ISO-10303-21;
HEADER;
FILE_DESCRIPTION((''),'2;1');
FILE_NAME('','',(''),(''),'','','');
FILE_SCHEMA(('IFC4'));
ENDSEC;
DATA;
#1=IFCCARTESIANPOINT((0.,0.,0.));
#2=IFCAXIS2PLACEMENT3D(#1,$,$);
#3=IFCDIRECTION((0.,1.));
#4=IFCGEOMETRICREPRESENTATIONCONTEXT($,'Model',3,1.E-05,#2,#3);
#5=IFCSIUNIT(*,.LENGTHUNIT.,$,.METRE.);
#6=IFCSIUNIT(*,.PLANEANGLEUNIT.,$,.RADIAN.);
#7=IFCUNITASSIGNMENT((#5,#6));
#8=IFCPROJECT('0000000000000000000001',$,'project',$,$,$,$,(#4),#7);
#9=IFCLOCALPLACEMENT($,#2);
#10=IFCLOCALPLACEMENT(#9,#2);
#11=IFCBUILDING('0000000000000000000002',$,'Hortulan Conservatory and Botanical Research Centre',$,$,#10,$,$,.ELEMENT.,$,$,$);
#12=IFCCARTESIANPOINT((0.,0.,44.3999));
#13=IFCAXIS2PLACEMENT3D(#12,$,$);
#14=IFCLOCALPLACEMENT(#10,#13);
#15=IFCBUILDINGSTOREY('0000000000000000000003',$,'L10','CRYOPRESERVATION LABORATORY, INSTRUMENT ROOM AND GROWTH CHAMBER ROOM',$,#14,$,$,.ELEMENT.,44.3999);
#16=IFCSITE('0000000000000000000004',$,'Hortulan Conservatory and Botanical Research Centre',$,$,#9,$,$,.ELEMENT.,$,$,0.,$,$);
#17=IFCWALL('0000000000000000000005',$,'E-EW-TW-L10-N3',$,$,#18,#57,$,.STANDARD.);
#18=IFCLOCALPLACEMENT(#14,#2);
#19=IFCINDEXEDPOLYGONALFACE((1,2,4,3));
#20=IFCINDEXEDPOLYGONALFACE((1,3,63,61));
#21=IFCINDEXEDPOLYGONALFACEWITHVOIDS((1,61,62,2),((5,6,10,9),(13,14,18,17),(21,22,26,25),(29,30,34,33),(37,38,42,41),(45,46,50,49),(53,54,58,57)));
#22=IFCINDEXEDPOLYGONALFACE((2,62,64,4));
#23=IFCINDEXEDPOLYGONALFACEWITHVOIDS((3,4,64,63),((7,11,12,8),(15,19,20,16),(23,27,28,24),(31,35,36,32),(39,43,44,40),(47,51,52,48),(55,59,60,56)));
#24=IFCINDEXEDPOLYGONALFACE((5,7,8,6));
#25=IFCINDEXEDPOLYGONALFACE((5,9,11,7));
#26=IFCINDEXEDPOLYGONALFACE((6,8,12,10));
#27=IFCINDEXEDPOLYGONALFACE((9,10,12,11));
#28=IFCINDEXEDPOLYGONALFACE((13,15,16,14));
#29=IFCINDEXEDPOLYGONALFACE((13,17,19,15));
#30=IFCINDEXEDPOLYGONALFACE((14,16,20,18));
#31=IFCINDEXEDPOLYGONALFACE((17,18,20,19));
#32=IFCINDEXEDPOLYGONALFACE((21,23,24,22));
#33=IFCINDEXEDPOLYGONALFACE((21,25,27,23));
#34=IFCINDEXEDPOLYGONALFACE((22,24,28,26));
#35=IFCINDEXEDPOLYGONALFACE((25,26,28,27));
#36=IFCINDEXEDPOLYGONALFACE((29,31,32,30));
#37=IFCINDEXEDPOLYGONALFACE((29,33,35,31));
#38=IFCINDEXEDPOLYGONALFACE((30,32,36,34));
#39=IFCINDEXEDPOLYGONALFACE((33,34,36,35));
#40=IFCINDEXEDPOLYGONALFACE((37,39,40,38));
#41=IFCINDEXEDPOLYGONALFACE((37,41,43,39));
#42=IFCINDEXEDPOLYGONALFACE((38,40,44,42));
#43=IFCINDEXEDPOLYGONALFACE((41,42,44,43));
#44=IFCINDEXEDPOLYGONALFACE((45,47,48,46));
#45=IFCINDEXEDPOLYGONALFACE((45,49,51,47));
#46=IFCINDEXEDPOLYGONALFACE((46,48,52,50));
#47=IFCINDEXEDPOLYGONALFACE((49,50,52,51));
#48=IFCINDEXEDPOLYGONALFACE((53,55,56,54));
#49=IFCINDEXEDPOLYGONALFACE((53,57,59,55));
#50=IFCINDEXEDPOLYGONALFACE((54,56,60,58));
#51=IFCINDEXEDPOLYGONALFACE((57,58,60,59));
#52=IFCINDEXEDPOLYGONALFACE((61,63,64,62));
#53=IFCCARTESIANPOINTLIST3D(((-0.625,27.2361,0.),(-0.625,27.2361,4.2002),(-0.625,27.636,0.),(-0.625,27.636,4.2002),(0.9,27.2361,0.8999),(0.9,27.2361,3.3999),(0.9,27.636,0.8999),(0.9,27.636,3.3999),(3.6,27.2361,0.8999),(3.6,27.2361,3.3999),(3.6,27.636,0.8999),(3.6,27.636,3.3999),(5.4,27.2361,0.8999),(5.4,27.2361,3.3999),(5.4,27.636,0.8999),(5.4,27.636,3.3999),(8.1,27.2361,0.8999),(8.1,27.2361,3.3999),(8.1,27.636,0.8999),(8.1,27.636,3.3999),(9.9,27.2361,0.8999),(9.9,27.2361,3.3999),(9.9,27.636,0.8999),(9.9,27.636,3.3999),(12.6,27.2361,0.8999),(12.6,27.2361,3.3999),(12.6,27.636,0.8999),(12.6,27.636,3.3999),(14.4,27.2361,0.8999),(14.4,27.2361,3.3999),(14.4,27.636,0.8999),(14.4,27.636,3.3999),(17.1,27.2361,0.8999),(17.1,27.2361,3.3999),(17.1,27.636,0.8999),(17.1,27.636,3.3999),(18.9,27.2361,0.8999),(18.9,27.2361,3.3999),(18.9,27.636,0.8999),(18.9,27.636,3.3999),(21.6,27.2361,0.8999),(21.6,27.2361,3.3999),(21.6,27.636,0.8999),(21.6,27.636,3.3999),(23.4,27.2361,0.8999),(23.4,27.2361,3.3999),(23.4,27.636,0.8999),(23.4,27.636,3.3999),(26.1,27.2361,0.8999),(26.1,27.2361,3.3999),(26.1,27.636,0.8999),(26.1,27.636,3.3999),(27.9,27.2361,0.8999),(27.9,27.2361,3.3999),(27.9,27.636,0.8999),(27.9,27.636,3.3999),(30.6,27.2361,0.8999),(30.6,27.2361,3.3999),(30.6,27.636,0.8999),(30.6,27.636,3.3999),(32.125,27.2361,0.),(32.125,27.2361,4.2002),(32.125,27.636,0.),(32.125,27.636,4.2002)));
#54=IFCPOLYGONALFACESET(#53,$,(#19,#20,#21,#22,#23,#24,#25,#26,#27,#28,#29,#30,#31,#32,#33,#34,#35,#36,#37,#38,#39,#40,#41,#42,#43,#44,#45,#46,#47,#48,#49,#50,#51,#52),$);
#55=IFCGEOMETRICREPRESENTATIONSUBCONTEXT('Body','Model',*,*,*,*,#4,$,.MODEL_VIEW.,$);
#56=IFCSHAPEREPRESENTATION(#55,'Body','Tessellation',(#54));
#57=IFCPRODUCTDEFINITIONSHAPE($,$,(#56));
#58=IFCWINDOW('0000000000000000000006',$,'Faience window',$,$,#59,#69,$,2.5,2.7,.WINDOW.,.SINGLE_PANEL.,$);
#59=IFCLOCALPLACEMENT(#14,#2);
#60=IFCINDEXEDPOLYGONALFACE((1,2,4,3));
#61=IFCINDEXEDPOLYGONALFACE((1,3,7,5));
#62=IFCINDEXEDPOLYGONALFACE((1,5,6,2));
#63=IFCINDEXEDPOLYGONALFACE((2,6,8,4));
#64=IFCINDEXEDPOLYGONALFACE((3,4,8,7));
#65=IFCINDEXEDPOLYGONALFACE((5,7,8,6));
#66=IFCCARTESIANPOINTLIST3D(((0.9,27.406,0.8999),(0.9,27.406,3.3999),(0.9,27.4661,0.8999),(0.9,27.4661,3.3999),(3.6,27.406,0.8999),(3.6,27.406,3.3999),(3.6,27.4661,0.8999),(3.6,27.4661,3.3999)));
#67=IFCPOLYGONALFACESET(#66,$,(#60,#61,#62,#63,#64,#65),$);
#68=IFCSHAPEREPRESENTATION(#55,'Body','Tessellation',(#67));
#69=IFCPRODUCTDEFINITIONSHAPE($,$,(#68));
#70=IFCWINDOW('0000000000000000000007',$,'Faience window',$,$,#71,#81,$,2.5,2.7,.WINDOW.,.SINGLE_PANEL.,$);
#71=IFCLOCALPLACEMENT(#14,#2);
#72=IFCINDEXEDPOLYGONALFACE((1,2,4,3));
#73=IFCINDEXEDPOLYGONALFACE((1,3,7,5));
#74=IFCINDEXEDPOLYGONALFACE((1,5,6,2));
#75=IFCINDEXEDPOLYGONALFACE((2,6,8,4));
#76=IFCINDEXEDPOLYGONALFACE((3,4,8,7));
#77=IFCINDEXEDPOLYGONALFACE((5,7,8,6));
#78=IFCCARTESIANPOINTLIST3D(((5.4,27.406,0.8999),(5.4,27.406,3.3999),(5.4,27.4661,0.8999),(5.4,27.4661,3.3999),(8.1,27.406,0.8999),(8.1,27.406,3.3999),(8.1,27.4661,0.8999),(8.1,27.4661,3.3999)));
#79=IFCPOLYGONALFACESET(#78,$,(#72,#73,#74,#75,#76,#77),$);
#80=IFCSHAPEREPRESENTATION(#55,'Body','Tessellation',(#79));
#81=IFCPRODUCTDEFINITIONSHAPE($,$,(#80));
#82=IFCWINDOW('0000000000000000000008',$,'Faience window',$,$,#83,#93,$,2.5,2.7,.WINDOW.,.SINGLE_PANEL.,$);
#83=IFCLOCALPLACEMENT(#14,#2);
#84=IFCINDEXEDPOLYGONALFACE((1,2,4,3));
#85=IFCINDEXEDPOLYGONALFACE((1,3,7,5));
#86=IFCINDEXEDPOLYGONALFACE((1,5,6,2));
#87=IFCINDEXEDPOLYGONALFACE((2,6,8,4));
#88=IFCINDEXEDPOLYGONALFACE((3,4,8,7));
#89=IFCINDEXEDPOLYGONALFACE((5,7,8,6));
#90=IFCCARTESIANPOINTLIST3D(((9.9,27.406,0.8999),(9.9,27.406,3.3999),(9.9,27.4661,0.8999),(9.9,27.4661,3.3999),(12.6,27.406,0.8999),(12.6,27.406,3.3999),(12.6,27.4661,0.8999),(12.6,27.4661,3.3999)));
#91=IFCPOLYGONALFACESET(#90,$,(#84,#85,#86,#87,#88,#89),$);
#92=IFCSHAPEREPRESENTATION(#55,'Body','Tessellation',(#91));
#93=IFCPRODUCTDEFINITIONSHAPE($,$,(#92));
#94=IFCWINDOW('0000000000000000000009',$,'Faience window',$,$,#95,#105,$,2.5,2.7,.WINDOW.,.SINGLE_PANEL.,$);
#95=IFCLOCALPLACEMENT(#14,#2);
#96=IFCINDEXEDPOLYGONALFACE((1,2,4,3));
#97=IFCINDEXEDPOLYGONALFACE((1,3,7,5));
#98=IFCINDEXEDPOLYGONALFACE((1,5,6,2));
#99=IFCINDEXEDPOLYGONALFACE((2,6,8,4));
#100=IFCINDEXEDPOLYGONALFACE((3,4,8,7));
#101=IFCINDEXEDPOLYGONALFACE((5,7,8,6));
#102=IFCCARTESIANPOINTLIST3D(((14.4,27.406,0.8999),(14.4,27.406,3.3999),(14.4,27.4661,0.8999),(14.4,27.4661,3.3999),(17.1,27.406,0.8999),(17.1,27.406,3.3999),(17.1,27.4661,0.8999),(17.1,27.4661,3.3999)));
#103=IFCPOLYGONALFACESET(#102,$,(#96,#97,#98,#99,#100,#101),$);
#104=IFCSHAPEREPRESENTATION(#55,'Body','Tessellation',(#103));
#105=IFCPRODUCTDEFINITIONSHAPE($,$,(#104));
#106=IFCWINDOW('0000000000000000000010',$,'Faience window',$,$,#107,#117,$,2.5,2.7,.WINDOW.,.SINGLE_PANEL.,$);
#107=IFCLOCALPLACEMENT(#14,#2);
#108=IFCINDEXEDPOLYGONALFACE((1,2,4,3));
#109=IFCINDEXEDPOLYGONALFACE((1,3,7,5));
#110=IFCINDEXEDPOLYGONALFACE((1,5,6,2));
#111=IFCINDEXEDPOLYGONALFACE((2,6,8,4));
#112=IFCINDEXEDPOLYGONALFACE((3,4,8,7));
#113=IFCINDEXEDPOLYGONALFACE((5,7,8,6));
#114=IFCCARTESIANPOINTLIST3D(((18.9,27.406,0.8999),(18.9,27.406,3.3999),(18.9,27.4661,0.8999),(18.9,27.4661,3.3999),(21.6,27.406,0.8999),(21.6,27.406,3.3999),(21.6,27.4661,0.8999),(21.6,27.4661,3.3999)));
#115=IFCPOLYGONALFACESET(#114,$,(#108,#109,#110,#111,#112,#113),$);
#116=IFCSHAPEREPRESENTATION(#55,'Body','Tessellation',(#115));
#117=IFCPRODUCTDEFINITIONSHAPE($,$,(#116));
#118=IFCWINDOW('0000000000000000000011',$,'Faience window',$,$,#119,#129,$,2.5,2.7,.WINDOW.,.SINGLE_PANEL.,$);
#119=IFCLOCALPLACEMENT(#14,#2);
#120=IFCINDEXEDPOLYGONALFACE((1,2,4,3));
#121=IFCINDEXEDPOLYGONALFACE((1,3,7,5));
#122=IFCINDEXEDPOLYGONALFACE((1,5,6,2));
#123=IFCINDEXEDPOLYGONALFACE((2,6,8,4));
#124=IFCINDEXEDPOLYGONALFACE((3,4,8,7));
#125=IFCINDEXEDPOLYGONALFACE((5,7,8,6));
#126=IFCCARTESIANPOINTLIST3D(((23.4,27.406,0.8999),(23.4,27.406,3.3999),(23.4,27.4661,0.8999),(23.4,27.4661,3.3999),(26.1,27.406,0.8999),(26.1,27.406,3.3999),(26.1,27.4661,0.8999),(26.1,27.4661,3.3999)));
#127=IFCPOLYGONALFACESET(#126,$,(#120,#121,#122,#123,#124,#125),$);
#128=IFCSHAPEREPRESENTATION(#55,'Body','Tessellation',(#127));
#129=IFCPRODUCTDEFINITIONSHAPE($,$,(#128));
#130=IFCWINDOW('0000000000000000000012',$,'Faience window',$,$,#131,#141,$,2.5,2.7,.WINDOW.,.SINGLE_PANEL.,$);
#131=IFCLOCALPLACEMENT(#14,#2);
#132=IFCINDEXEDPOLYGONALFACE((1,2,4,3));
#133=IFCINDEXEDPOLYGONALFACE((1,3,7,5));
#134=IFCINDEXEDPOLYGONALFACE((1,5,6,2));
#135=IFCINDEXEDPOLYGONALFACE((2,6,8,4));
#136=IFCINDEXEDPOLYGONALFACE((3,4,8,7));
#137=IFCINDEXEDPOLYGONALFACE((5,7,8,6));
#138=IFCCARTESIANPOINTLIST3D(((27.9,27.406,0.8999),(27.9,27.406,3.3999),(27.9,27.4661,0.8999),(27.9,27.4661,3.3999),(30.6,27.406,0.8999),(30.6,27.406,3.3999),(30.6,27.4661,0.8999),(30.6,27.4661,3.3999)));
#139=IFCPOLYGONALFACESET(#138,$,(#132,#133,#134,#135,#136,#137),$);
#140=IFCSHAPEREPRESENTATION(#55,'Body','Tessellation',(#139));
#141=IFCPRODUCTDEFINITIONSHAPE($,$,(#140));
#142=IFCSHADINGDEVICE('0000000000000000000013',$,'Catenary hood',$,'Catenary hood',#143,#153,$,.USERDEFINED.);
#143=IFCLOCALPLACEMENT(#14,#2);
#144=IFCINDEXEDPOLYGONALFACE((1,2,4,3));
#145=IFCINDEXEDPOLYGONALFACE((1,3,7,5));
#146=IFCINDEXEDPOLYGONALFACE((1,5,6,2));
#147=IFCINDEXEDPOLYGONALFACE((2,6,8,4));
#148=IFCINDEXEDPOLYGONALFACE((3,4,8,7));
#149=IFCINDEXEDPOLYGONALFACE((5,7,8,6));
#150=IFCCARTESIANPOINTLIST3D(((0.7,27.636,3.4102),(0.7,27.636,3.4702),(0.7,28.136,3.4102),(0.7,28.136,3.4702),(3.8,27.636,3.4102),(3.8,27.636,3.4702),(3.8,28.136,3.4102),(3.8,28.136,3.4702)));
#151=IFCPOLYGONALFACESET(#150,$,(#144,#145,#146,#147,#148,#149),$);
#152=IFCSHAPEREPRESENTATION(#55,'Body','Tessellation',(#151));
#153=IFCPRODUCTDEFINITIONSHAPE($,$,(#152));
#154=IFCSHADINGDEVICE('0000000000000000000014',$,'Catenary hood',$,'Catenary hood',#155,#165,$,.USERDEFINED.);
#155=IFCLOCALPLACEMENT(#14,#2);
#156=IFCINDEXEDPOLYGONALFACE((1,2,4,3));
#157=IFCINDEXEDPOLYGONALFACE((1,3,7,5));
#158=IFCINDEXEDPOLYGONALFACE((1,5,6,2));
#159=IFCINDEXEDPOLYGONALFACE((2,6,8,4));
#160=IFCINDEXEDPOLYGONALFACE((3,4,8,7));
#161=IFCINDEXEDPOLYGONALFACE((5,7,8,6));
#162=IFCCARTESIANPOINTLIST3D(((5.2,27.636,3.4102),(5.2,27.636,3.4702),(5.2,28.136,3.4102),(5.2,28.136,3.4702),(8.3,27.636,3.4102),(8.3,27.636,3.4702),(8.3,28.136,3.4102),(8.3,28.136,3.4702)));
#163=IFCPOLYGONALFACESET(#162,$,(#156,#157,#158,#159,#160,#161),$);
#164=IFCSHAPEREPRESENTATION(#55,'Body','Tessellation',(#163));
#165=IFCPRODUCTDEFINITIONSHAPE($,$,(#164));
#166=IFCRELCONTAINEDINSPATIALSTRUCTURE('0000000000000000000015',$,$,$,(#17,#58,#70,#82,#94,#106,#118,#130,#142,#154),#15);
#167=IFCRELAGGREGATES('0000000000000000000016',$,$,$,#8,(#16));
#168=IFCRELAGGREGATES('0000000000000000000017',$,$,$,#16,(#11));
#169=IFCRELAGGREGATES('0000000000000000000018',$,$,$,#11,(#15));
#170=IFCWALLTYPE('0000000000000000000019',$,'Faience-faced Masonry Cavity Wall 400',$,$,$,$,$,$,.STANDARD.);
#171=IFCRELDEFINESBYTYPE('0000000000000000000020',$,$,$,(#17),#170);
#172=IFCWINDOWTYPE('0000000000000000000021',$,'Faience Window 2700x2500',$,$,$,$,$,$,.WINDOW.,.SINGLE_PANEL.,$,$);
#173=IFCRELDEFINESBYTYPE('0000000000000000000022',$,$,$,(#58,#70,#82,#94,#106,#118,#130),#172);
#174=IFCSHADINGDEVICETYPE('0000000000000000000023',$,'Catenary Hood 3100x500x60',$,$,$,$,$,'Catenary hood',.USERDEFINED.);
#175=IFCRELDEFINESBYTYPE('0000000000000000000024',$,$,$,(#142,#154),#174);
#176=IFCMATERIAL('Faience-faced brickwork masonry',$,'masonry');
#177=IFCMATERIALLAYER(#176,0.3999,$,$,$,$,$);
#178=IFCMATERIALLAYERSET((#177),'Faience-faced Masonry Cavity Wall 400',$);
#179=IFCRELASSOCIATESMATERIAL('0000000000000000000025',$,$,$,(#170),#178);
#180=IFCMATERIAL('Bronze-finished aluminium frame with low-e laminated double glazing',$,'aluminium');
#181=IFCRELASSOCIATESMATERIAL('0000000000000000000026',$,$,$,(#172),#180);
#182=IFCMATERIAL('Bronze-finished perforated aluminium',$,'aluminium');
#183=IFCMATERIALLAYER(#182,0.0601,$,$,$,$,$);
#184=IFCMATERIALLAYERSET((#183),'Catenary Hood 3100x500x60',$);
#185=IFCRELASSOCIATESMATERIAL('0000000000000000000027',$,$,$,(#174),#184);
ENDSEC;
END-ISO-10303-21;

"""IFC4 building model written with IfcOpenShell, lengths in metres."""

from ifc_helpers import new_model, si_unit, direction, frame, frame_2d, origin, origin_2d, place, context, subcontext, project, spatial, rectangle, extrude, material, layer, layer_set, type_object, element, fill, save


model = new_model("IFC4")

# Units and contexts
model_context = context("Model", 3, precision=1e-05, world=origin(), true_north=direction((0.0, 1.0)))
body_context = subcontext(model_context, "Body", "Model", "MODEL_VIEW")
ifc_project = project(units=[si_unit("LENGTHUNIT", "METRE"), si_unit("PLANEANGLEUNIT", "RADIAN")], contexts=[model_context])

# Site, building, storey
site_placement = place(None, origin())
site = spatial("IfcSite", under=ifc_project, at=site_placement, Name="Hortulan Conservatory and Botanical Research Centre", CompositionType="ELEMENT", RefElevation=0.0)
building_placement = place(site_placement, origin())
building = spatial("IfcBuilding", under=site, at=building_placement, Name="Hortulan Conservatory and Botanical Research Centre", CompositionType="ELEMENT")
storey_placement = place(building_placement, frame((0.0, 0.0, 44.3999)))
storey = spatial("IfcBuildingStorey", under=building, at=storey_placement, Name="L10", Description="CRYOPRESERVATION LABORATORY, INSTRUMENT ROOM AND GROWTH CHAMBER ROOM", CompositionType="ELEMENT", Elevation=44.3999)

# Wall, openings, windows
ifc_material_1 = material(Name="Faience-faced brickwork masonry", Category="masonry")
ifc_layer_1 = layer(ifc_material_1, 0.3999)
ifc_layer_set_1 = layer_set([ifc_layer_1], Name="Faience-faced Masonry Cavity Wall 400")
wall_type = type_object("IfcWallType", Name="Faience-faced Masonry Cavity Wall 400", PredefinedType="STANDARD", material=ifc_layer_set_1)
wall_placement = place(storey_placement, frame((-0.625, 27.436, 0.0), z_axis=(0.0, 0.0, 1.0), x_axis=(1.0, 0.0, 0.0)))
wall = element("IfcWall", 1, at=wall_placement, inside=storey, type_object=wall_type, Name="E-EW-TW-L10-N3", PredefinedType="STANDARD", context=body_context, shape_type="SweptSolid", body=[
    extrude(rectangle(XDim=32.75, YDim=0.3999, at=frame_2d((16.375, 0.0))), origin(), (0.0, 0.0, 1.0), 4.2002),
])
opening_1_placement = place(wall_placement, frame((1.5249, 0.0, 0.8999)))
opening_1 = element("IfcOpeningElement", 2, at=opening_1_placement, cuts=wall, PredefinedType="OPENING", context=body_context, shape_type="SweptSolid", body=[
    extrude(rectangle(XDim=2.7, YDim=2.5, at=frame_2d((1.3501, 1.25))), frame((0.0, 0.21, 0.0), z_axis=(0.0, -1.0, 0.0), x_axis=(1.0, 0.0, 0.0)), (0.0, 0.0, 1.0), 0.4199),
])
opening_2_placement = place(wall_placement, frame((6.0249, 0.0, 0.8999)))
opening_2 = element("IfcOpeningElement", 3, at=opening_2_placement, cuts=wall, PredefinedType="OPENING", context=body_context, shape_type="SweptSolid", body=[
    extrude(rectangle(XDim=2.7, YDim=2.5, at=frame_2d((1.3501, 1.25))), frame((0.0, 0.21, 0.0), z_axis=(0.0, -1.0, 0.0), x_axis=(1.0, 0.0, 0.0)), (0.0, 0.0, 1.0), 0.4199),
])
opening_3_placement = place(wall_placement, frame((10.5249, 0.0, 0.8999)))
opening_3 = element("IfcOpeningElement", 4, at=opening_3_placement, cuts=wall, PredefinedType="OPENING", context=body_context, shape_type="SweptSolid", body=[
    extrude(rectangle(XDim=2.7, YDim=2.5, at=frame_2d((1.3501, 1.25))), frame((0.0, 0.21, 0.0), z_axis=(0.0, -1.0, 0.0), x_axis=(1.0, 0.0, 0.0)), (0.0, 0.0, 1.0), 0.4199),
])
opening_4_placement = place(wall_placement, frame((15.0249, 0.0, 0.8999)))
opening_4 = element("IfcOpeningElement", 5, at=opening_4_placement, cuts=wall, PredefinedType="OPENING", context=body_context, shape_type="SweptSolid", body=[
    extrude(rectangle(XDim=2.7, YDim=2.5, at=frame_2d((1.3501, 1.25))), frame((0.0, 0.21, 0.0), z_axis=(0.0, -1.0, 0.0), x_axis=(1.0, 0.0, 0.0)), (0.0, 0.0, 1.0), 0.4199),
])
opening_5_placement = place(wall_placement, frame((19.5249, 0.0, 0.8999)))
opening_5 = element("IfcOpeningElement", 6, at=opening_5_placement, cuts=wall, PredefinedType="OPENING", context=body_context, shape_type="SweptSolid", body=[
    extrude(rectangle(XDim=2.7, YDim=2.5, at=frame_2d((1.3501, 1.25))), frame((0.0, 0.21, 0.0), z_axis=(0.0, -1.0, 0.0), x_axis=(1.0, 0.0, 0.0)), (0.0, 0.0, 1.0), 0.4199),
])
opening_6_placement = place(wall_placement, frame((24.0249, 0.0, 0.8999)))
opening_6 = element("IfcOpeningElement", 7, at=opening_6_placement, cuts=wall, PredefinedType="OPENING", context=body_context, shape_type="SweptSolid", body=[
    extrude(rectangle(XDim=2.7, YDim=2.5, at=frame_2d((1.3501, 1.25))), frame((0.0, 0.21, 0.0), z_axis=(0.0, -1.0, 0.0), x_axis=(1.0, 0.0, 0.0)), (0.0, 0.0, 1.0), 0.4199),
])
opening_7_placement = place(wall_placement, frame((28.5249, 0.0, 0.8999)))
opening_7 = element("IfcOpeningElement", 8, at=opening_7_placement, cuts=wall, PredefinedType="OPENING", context=body_context, shape_type="SweptSolid", body=[
    extrude(rectangle(XDim=2.7, YDim=2.5, at=frame_2d((1.3501, 1.25))), frame((0.0, 0.21, 0.0), z_axis=(0.0, -1.0, 0.0), x_axis=(1.0, 0.0, 0.0)), (0.0, 0.0, 1.0), 0.4199),
])
ifc_material_2 = material(Name="Bronze-finished aluminium frame with low-e laminated double glazing", Category="aluminium")
window_type = type_object("IfcWindowType", Name="Faience Window 2700x2500", PartitioningType="SINGLE_PANEL", PredefinedType="WINDOW", material=ifc_material_2)
window_1_placement = place(opening_1_placement, origin())
window_1 = element("IfcWindow", 9, at=window_1_placement, inside=storey, type_object=window_type, Name="Faience window", OverallHeight=2.5, OverallWidth=2.7, PartitioningType="SINGLE_PANEL", PredefinedType="WINDOW", context=body_context, shape_type="SweptSolid", body=[
    extrude(rectangle(XDim=2.7, YDim=2.5, at=frame_2d((1.3501, 1.25))), frame((0.0, 0.03, 0.0), z_axis=(0.0, -1.0, 0.0), x_axis=(1.0, 0.0, 0.0)), (0.0, 0.0, 1.0), 0.0601),
])
fill(opening_1, window_1)
window_2_placement = place(opening_2_placement, origin())
window_2 = element("IfcWindow", 10, at=window_2_placement, inside=storey, type_object=window_type, Name="Faience window", OverallHeight=2.5, OverallWidth=2.7, PartitioningType="SINGLE_PANEL", PredefinedType="WINDOW", context=body_context, shape_type="SweptSolid", body=[
    extrude(rectangle(XDim=2.7, YDim=2.5, at=frame_2d((1.3501, 1.25))), frame((0.0, 0.03, 0.0), z_axis=(0.0, -1.0, 0.0), x_axis=(1.0, 0.0, 0.0)), (0.0, 0.0, 1.0), 0.0601),
])
fill(opening_2, window_2)
window_3_placement = place(opening_3_placement, origin())
window_3 = element("IfcWindow", 11, at=window_3_placement, inside=storey, type_object=window_type, Name="Faience window", OverallHeight=2.5, OverallWidth=2.7, PartitioningType="SINGLE_PANEL", PredefinedType="WINDOW", context=body_context, shape_type="SweptSolid", body=[
    extrude(rectangle(XDim=2.7, YDim=2.5, at=frame_2d((1.3501, 1.25))), frame((0.0, 0.03, 0.0), z_axis=(0.0, -1.0, 0.0), x_axis=(1.0, 0.0, 0.0)), (0.0, 0.0, 1.0), 0.0601),
])
fill(opening_3, window_3)
window_4_placement = place(opening_4_placement, origin())
window_4 = element("IfcWindow", 12, at=window_4_placement, inside=storey, type_object=window_type, Name="Faience window", OverallHeight=2.5, OverallWidth=2.7, PartitioningType="SINGLE_PANEL", PredefinedType="WINDOW", context=body_context, shape_type="SweptSolid", body=[
    extrude(rectangle(XDim=2.7, YDim=2.5, at=frame_2d((1.3501, 1.25))), frame((0.0, 0.03, 0.0), z_axis=(0.0, -1.0, 0.0), x_axis=(1.0, 0.0, 0.0)), (0.0, 0.0, 1.0), 0.0601),
])
fill(opening_4, window_4)
window_5_placement = place(opening_5_placement, origin())
window_5 = element("IfcWindow", 13, at=window_5_placement, inside=storey, type_object=window_type, Name="Faience window", OverallHeight=2.5, OverallWidth=2.7, PartitioningType="SINGLE_PANEL", PredefinedType="WINDOW", context=body_context, shape_type="SweptSolid", body=[
    extrude(rectangle(XDim=2.7, YDim=2.5, at=frame_2d((1.3501, 1.25))), frame((0.0, 0.03, 0.0), z_axis=(0.0, -1.0, 0.0), x_axis=(1.0, 0.0, 0.0)), (0.0, 0.0, 1.0), 0.0601),
])
fill(opening_5, window_5)
window_6_placement = place(opening_6_placement, origin())
window_6 = element("IfcWindow", 14, at=window_6_placement, inside=storey, type_object=window_type, Name="Faience window", OverallHeight=2.5, OverallWidth=2.7, PartitioningType="SINGLE_PANEL", PredefinedType="WINDOW", context=body_context, shape_type="SweptSolid", body=[
    extrude(rectangle(XDim=2.7, YDim=2.5, at=frame_2d((1.3501, 1.25))), frame((0.0, 0.03, 0.0), z_axis=(0.0, -1.0, 0.0), x_axis=(1.0, 0.0, 0.0)), (0.0, 0.0, 1.0), 0.0601),
])
fill(opening_6, window_6)
window_7_placement = place(opening_7_placement, origin())
window_7 = element("IfcWindow", 15, at=window_7_placement, inside=storey, type_object=window_type, Name="Faience window", OverallHeight=2.5, OverallWidth=2.7, PartitioningType="SINGLE_PANEL", PredefinedType="WINDOW", context=body_context, shape_type="SweptSolid", body=[
    extrude(rectangle(XDim=2.7, YDim=2.5, at=frame_2d((1.3501, 1.25))), frame((0.0, 0.03, 0.0), z_axis=(0.0, -1.0, 0.0), x_axis=(1.0, 0.0, 0.0)), (0.0, 0.0, 1.0), 0.0601),
])
fill(opening_7, window_7)

# Shading devices
ifc_material_3 = material(Name="Bronze-finished perforated aluminium", Category="aluminium")
ifc_layer_2 = layer(ifc_material_3, 0.0601)
ifc_layer_set_2 = layer_set([ifc_layer_2], Name="Catenary Hood 3100x500x60")
shading_device_type = type_object("IfcShadingDeviceType", Name="Catenary Hood 3100x500x60", ElementType="Catenary hood", PredefinedType="USERDEFINED", material=ifc_layer_set_2)
for number, where, z_axis, x_axis, name in (
    (16, (2.25, 27.886, 3.4102), (0.0, 0.0, 1.0), (1.0, 0.0, 0.0), "Catenary hood"),
    (17, (6.75, 27.886, 3.4102), (0.0, 0.0, 1.0), (1.0, 0.0, 0.0), "Catenary hood"),
):
    element("IfcShadingDevice", number, at=place(storey_placement, frame(where, z_axis=z_axis, x_axis=x_axis)), inside=storey, type_object=shading_device_type, Name=name, ObjectType="Catenary hood", PredefinedType="USERDEFINED", context=body_context, shape_type="SweptSolid", body=[
        extrude(rectangle(XDim=3.1001, YDim=0.5, at=origin_2d()), origin(), (0.0, 0.0, 1.0), 0.0601),
    ])

save(model, "model.ifc")
